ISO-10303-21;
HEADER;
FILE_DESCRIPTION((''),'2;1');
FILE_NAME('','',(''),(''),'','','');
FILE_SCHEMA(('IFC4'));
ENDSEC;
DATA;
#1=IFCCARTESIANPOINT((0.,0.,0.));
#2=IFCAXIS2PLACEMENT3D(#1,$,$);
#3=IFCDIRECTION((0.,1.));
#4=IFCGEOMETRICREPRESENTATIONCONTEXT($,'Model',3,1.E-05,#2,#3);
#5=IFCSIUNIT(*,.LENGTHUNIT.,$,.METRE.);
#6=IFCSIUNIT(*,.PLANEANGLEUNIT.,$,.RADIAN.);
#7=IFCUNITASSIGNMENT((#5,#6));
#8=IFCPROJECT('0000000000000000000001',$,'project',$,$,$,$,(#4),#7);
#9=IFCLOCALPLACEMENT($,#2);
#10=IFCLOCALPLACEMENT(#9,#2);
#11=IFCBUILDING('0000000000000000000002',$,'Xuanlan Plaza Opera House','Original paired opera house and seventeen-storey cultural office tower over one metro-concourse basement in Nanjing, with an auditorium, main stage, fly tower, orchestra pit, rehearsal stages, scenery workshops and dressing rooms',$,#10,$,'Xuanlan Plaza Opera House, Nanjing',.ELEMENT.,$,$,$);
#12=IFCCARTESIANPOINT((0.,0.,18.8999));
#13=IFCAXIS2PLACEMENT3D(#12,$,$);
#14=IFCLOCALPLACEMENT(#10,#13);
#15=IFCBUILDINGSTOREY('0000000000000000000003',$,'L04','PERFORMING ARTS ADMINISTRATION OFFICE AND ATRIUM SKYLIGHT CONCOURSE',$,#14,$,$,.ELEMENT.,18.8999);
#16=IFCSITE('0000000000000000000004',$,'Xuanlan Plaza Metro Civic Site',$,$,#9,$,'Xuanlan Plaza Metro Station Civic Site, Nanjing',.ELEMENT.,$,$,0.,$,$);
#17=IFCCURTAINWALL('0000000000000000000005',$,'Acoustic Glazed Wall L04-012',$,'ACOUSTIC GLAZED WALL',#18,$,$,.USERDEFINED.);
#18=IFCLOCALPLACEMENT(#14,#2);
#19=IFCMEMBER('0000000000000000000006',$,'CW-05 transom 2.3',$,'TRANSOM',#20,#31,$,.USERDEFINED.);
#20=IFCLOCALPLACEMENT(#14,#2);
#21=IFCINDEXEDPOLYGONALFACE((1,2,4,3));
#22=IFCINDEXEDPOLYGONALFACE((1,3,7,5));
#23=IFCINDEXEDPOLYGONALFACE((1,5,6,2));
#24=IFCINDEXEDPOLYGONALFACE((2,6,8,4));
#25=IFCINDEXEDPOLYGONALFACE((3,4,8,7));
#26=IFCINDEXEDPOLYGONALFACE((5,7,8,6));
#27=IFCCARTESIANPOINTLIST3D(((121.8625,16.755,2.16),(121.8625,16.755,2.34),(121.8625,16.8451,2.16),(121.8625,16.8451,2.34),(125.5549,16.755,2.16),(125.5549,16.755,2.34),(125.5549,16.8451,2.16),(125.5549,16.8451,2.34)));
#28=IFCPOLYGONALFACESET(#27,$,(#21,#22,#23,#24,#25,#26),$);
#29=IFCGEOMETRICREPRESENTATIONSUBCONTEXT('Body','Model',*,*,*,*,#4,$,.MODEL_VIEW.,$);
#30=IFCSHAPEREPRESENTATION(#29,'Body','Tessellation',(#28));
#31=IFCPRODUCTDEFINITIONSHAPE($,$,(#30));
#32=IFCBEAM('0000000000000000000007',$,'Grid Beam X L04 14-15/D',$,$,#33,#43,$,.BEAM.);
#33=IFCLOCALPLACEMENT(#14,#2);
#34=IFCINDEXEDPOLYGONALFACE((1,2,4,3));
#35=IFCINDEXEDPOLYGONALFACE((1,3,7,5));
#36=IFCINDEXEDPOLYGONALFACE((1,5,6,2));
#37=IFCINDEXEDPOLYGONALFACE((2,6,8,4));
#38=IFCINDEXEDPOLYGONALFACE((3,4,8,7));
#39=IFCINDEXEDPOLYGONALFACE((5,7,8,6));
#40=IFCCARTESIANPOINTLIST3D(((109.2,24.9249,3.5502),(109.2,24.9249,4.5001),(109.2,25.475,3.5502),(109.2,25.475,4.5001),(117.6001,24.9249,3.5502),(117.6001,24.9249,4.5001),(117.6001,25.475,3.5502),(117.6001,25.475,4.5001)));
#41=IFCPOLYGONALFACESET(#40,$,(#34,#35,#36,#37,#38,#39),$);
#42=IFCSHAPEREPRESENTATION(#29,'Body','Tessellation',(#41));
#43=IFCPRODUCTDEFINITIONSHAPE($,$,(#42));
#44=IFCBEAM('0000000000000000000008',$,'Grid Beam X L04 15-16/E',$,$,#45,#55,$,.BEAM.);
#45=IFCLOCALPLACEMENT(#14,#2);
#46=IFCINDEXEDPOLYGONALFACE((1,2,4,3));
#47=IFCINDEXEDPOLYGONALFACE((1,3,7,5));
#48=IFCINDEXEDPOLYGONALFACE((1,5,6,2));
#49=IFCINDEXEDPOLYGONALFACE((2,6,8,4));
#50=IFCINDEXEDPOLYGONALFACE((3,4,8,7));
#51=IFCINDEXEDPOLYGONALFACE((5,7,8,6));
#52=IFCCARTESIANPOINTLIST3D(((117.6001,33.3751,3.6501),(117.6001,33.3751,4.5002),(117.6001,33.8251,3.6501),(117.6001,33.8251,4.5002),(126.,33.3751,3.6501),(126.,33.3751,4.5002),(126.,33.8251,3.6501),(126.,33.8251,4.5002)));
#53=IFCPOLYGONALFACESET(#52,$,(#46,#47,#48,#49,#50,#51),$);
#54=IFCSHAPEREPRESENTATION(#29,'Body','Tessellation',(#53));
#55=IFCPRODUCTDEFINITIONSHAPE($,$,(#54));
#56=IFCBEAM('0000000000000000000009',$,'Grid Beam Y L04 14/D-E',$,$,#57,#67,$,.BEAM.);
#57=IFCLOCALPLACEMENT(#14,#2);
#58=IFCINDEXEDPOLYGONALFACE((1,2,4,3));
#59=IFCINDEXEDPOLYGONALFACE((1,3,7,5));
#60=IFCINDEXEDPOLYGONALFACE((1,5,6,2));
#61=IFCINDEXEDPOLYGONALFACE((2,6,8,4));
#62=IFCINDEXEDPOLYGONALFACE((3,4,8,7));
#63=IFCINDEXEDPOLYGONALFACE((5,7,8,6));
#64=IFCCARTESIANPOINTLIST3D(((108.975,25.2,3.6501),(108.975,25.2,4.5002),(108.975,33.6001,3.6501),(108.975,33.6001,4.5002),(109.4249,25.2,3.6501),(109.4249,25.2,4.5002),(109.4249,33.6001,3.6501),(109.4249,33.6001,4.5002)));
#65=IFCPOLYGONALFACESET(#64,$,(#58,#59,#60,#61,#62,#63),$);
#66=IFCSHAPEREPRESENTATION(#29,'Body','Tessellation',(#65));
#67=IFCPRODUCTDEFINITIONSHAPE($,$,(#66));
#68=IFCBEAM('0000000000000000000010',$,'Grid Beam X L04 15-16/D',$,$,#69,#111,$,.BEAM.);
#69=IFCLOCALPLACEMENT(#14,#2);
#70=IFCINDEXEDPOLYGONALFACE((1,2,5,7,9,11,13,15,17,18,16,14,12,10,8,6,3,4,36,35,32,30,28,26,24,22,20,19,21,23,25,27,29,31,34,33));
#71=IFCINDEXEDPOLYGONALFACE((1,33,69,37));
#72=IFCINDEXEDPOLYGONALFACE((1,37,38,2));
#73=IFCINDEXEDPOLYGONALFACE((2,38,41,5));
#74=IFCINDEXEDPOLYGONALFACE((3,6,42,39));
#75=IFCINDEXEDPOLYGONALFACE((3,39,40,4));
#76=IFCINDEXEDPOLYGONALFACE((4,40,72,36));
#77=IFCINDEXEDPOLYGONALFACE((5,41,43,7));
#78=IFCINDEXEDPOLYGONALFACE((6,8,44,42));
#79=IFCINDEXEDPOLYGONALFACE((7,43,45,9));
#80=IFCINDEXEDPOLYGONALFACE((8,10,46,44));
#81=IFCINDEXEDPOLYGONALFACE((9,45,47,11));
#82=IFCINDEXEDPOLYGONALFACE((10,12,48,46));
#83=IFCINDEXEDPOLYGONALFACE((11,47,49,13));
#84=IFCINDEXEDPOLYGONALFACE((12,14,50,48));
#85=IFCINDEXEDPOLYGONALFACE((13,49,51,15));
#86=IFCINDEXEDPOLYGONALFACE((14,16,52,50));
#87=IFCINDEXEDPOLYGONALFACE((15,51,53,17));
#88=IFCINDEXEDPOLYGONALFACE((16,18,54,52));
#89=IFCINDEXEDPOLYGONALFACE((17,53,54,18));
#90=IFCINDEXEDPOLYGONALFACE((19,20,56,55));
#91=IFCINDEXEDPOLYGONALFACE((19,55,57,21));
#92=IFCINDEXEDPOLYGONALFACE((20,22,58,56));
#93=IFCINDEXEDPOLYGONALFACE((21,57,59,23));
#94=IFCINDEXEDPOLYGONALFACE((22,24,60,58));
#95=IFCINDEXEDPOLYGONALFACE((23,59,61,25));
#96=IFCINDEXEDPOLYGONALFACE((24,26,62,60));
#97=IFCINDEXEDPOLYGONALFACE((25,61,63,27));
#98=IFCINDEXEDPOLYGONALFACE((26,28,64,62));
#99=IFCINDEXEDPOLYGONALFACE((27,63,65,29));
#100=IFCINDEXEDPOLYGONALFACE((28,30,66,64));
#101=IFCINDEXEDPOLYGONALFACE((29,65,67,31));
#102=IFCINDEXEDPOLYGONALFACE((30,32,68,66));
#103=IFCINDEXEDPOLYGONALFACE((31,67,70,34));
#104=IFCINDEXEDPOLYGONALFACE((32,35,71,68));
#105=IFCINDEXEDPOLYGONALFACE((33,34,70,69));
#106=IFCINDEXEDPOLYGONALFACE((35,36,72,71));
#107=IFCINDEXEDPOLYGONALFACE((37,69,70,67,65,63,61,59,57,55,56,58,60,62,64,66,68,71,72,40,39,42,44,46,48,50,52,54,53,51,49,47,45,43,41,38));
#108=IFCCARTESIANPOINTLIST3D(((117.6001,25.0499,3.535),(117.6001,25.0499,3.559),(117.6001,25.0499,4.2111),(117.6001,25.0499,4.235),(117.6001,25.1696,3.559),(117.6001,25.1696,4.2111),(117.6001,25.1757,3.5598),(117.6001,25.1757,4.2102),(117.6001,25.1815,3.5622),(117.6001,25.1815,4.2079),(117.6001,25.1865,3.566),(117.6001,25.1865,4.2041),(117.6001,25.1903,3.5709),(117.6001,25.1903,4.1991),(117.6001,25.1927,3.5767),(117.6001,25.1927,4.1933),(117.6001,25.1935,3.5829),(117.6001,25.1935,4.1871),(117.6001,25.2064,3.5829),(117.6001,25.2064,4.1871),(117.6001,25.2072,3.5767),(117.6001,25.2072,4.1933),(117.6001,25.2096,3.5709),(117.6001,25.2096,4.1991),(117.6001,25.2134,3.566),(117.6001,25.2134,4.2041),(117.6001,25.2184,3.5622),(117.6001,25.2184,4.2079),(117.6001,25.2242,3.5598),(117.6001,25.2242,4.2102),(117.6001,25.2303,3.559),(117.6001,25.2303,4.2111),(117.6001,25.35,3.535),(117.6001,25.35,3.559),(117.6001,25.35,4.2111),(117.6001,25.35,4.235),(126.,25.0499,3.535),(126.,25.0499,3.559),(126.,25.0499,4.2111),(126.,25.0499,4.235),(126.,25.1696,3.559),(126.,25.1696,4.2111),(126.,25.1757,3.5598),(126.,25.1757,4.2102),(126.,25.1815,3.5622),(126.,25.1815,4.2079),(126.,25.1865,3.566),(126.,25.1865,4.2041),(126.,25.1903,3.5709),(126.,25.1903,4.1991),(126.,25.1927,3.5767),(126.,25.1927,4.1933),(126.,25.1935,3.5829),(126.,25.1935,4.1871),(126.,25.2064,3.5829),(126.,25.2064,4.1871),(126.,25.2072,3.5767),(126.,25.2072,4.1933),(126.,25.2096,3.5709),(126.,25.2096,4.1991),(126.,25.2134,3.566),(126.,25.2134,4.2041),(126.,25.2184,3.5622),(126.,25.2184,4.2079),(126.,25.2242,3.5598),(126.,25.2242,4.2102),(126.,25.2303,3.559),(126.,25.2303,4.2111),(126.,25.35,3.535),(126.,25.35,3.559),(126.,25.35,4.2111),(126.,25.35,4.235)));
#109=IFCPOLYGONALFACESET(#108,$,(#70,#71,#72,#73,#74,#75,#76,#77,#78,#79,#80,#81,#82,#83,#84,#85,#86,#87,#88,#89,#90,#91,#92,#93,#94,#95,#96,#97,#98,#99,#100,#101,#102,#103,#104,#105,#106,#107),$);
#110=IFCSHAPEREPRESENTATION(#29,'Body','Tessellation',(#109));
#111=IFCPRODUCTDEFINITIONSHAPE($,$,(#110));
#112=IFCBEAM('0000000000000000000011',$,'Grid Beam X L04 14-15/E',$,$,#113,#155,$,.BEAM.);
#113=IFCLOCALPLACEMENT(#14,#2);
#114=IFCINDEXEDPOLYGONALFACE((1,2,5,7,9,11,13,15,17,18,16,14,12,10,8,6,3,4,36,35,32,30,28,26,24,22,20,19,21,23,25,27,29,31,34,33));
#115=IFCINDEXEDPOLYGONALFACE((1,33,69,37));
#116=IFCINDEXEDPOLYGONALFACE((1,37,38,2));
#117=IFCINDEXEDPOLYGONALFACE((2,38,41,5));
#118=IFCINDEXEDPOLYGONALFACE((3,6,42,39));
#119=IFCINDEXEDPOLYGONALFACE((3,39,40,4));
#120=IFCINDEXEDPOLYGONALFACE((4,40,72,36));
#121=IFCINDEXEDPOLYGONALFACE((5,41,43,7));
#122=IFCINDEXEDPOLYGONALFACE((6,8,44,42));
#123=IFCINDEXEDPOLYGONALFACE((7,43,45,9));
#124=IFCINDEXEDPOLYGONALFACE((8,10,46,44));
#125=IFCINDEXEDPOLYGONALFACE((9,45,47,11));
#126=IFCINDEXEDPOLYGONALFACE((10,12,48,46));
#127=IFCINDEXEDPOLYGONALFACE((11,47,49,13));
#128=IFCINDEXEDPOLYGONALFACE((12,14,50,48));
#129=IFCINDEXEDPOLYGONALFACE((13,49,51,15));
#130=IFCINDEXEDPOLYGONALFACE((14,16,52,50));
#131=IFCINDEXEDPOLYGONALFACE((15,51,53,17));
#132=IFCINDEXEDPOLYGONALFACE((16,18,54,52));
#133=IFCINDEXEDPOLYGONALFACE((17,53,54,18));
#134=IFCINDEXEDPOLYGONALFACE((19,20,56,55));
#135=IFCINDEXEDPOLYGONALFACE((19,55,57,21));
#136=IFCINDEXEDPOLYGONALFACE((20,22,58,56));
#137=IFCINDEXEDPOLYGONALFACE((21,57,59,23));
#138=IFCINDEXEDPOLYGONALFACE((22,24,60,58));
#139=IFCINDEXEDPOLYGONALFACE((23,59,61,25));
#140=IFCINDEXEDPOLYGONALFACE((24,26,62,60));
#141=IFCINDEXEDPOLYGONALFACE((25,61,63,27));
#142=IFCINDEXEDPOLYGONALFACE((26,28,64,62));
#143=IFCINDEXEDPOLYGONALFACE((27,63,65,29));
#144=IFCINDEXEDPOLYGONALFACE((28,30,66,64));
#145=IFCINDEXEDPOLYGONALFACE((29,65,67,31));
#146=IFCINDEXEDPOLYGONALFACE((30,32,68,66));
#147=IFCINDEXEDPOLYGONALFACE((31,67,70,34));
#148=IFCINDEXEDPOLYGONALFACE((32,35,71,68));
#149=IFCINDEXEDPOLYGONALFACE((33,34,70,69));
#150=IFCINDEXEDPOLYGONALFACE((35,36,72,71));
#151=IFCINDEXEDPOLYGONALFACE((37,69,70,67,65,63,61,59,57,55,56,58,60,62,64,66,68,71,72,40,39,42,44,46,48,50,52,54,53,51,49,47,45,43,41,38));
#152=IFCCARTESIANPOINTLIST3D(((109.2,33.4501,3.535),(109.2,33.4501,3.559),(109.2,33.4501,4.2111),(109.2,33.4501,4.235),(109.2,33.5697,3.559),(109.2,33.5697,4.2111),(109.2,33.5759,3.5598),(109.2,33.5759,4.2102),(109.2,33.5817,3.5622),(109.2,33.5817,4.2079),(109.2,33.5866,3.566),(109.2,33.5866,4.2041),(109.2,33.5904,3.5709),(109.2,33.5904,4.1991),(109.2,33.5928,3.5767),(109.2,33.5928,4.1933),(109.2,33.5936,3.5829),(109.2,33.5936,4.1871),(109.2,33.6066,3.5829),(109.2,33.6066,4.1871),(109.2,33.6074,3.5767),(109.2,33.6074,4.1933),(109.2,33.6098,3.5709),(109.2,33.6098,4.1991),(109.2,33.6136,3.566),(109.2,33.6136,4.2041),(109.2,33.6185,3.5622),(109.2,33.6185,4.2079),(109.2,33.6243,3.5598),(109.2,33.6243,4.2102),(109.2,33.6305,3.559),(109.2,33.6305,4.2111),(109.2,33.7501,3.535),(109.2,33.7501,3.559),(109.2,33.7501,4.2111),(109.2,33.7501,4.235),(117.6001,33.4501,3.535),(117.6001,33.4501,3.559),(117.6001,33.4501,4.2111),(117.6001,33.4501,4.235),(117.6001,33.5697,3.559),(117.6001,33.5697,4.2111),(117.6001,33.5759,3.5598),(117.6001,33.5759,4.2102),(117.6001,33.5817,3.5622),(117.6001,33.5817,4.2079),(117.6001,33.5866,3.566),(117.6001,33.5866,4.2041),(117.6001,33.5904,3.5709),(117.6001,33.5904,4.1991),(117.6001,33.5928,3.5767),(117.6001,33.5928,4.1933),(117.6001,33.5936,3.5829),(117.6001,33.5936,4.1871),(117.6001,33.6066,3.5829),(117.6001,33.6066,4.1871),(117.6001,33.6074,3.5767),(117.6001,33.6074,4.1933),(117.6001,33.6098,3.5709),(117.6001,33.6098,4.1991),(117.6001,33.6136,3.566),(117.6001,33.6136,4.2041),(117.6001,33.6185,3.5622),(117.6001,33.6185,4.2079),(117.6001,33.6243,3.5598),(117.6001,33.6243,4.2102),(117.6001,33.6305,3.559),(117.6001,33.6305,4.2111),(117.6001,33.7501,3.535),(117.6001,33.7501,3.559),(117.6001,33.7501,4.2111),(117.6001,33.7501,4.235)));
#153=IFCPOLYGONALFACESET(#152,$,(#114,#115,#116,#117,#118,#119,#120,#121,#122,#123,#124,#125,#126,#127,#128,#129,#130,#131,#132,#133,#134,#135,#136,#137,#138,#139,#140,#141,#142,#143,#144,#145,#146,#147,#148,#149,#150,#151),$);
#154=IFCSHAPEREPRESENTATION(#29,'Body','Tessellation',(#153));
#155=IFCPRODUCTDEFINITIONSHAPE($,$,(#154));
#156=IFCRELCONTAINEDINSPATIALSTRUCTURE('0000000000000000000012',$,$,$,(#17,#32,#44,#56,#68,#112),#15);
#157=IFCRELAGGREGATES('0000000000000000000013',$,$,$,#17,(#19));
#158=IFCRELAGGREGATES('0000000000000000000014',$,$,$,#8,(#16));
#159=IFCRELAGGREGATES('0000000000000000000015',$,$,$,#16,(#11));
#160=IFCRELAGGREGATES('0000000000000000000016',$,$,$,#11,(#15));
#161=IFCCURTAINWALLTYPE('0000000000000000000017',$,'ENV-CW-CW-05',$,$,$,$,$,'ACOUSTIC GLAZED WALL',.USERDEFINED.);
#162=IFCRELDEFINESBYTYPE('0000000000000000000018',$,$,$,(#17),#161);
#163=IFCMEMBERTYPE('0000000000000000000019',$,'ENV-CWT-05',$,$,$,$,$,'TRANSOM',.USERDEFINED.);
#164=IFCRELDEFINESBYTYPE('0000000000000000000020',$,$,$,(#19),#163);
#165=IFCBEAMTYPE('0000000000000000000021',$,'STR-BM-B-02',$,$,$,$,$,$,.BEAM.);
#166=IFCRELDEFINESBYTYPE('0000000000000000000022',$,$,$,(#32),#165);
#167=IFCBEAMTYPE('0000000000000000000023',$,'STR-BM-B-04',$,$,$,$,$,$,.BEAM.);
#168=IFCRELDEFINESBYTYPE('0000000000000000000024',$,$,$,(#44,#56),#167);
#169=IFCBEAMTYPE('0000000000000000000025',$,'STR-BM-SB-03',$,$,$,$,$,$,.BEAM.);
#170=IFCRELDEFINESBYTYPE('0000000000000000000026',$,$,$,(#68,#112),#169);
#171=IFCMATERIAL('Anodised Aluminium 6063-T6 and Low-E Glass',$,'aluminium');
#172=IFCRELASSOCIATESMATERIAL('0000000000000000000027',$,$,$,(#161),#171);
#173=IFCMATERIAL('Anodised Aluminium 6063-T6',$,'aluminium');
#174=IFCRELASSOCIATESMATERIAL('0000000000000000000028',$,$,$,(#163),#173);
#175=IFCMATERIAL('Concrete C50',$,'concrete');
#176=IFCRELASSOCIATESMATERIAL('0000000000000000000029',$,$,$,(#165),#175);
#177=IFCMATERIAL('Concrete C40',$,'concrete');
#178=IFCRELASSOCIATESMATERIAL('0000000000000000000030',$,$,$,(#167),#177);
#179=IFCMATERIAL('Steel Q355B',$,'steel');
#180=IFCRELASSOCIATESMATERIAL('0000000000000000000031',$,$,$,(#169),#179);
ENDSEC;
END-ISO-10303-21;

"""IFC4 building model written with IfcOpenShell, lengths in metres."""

from ifc_helpers import new_model, si_unit, direction, frame, origin, origin_2d, place, context, subcontext, project, spatial, rectangle, i_section, extrude, material, material_profile, profile_set, type_object, element, aggregate, save


model = new_model("IFC4")

# Units and contexts
model_context = context("Model", 3, precision=1e-05, world=origin(), true_north=direction((0.0, 1.0)))
body_context = subcontext(model_context, "Body", "Model", "MODEL_VIEW")
ifc_project = project(units=[si_unit("LENGTHUNIT", "METRE"), si_unit("PLANEANGLEUNIT", "RADIAN")], contexts=[model_context])

# Site, building, storey
site_placement = place(None, origin())
site = spatial("IfcSite", under=ifc_project, at=site_placement, Name="Xuanlan Plaza Metro Civic Site", LongName="Xuanlan Plaza Metro Station Civic Site, Nanjing", CompositionType="ELEMENT", RefElevation=0.0)
building_placement = place(site_placement, origin())
building = spatial("IfcBuilding", under=site, at=building_placement, Name="Xuanlan Plaza Opera House", Description="Original paired opera house and seventeen-storey cultural office tower over one metro-concourse basement in Nanjing, with an auditorium, main stage, fly tower, orchestra pit, rehearsal stages, scenery workshops and dressing rooms", LongName="Xuanlan Plaza Opera House, Nanjing", CompositionType="ELEMENT")
storey_placement = place(building_placement, frame((0.0, 0.0, 18.8999)))
storey = spatial("IfcBuildingStorey", under=building, at=storey_placement, Name="L04", Description="PERFORMING ARTS ADMINISTRATION OFFICE AND ATRIUM SKYLIGHT CONCOURSE", CompositionType="ELEMENT", Elevation=18.8999)

# Shared definitions
ifc_material_1 = material(Name="Concrete C40", Category="concrete")
ifc_material_2 = material(Name="Steel Q355B", Category="steel")

# Curtain wall, member
ifc_material_3 = material(Name="Anodised Aluminium 6063-T6 and Low-E Glass", Category="aluminium")
curtain_wall_type = type_object("IfcCurtainWallType", Name="ENV-CW-CW-05", ElementType="ACOUSTIC GLAZED WALL", PredefinedType="USERDEFINED", material=ifc_material_3)
curtain_wall_placement = place(storey_placement, origin())
curtain_wall = element("IfcCurtainWall", 1, at=curtain_wall_placement, inside=storey, type_object=curtain_wall_type, Name="Acoustic Glazed Wall L04-012", ObjectType="ACOUSTIC GLAZED WALL", PredefinedType="USERDEFINED")
ifc_material_4 = material(Name="Anodised Aluminium 6063-T6", Category="aluminium")
ifc_material_profile_1 = material_profile(ifc_material_4, rectangle(XDim=0.0901, YDim=0.1799, at=origin_2d()), Name="ALU-T 90x180")
ifc_profile_set_1 = profile_set([ifc_material_profile_1], Name="Anodised Aluminium 6063-T6")
member_type_1 = type_object("IfcMemberType", Name="ENV-CWT-05", ElementType="TRANSOM", PredefinedType="USERDEFINED", material=ifc_profile_set_1)
member_1_placement = place(storey_placement, frame((121.8625, 16.8, 2.25), z_axis=(1.0, 0.0, 0.0), x_axis=(0.0, 1.0, 0.0)))
member_1 = element("IfcMember", 2, at=member_1_placement, type_object=member_type_1, Name="CW-05 transom 2.3", ObjectType="TRANSOM", PredefinedType="USERDEFINED", context=body_context, shape_type="SweptSolid", body=[
    extrude(rectangle(XDim=0.0901, YDim=0.1799, at=origin_2d()), origin(), (0.0, 0.0, 1.0), 3.6924),
])

# Beams
ifc_material_5 = material(Name="Concrete C50", Category="concrete")
ifc_material_profile_2 = material_profile(ifc_material_5, rectangle(XDim=0.55, YDim=0.95, at=origin_2d()), Name="RC-BM 550x950")
ifc_profile_set_2 = profile_set([ifc_material_profile_2], Name="Concrete C50")
beam_type_1 = type_object("IfcBeamType", Name="STR-BM-B-02", PredefinedType="BEAM", material=ifc_profile_set_2)
beam_1_placement = place(storey_placement, frame((109.2, 25.2, 4.0251), z_axis=(1.0, 0.0, 0.0), x_axis=(0.0, 1.0, 0.0)))
element("IfcBeam", 3, at=beam_1_placement, inside=storey, type_object=beam_type_1, Name="Grid Beam X L04 14-15/D", PredefinedType="BEAM", context=body_context, shape_type="SweptSolid", body=[
    extrude(rectangle(XDim=0.55, YDim=0.95, at=origin_2d()), origin(), (0.0, 0.0, 1.0), 8.4001),
])
ifc_material_profile_3 = material_profile(ifc_material_1, rectangle(XDim=0.45, YDim=0.8501, at=origin_2d()), Name="RC-BM 450x850")
ifc_profile_set_3 = profile_set([ifc_material_profile_3], Name="Concrete C40")
beam_type_2 = type_object("IfcBeamType", Name="STR-BM-B-04", PredefinedType="BEAM", material=ifc_profile_set_3)
beam_2_placement = place(storey_placement, frame((117.6001, 33.6001, 4.0752), z_axis=(1.0, 0.0, 0.0), x_axis=(0.0, 1.0, 0.0)))
element("IfcBeam", 4, at=beam_2_placement, inside=storey, type_object=beam_type_2, Name="Grid Beam X L04 15-16/E", PredefinedType="BEAM", context=body_context, shape_type="SweptSolid", body=[
    extrude(rectangle(XDim=0.45, YDim=0.8501, at=origin_2d()), origin(), (0.0, 0.0, 1.0), 8.3999),
])
beam_3_placement = place(storey_placement, frame((109.2, 25.2, 4.0752), z_axis=(0.0, 1.0, 0.0), x_axis=(-1.0, 0.0, 0.0)))
element("IfcBeam", 5, at=beam_3_placement, inside=storey, type_object=beam_type_2, Name="Grid Beam Y L04 14/D-E", PredefinedType="BEAM", context=body_context, shape_type="SweptSolid", body=[
    extrude(rectangle(XDim=0.45, YDim=0.8501, at=origin_2d()), origin(), (0.0, 0.0, 1.0), 8.4001),
])
ifc_material_profile_4 = material_profile(ifc_material_2, i_section(OverallWidth=0.3, OverallDepth=0.7, WebThickness=0.0129, FlangeThickness=0.0239, FilletRadius=0.0239, at=origin_2d()), Name="HN 700x300x13x24")
ifc_profile_set_4 = profile_set([ifc_material_profile_4], Name="Steel Q355B")
beam_type_3 = type_object("IfcBeamType", Name="STR-BM-SB-03", PredefinedType="BEAM", material=ifc_profile_set_4)
beam_4_placement = place(storey_placement, frame((117.6001, 25.2, 3.885), z_axis=(1.0, 0.0, 0.0), x_axis=(0.0, 1.0, 0.0)))
element("IfcBeam", 6, at=beam_4_placement, inside=storey, type_object=beam_type_3, Name="Grid Beam X L04 15-16/D", PredefinedType="BEAM", context=body_context, shape_type="SweptSolid", body=[
    extrude(i_section(OverallWidth=0.3, OverallDepth=0.7, WebThickness=0.0129, FlangeThickness=0.0239, FilletRadius=0.0239, at=origin_2d()), origin(), (0.0, 0.0, 1.0), 8.3999),
])
beam_5_placement = place(storey_placement, frame((109.2, 33.6001, 3.885), z_axis=(1.0, 0.0, 0.0), x_axis=(0.0, 1.0, 0.0)))
element("IfcBeam", 7, at=beam_5_placement, inside=storey, type_object=beam_type_3, Name="Grid Beam X L04 14-15/E", PredefinedType="BEAM", context=body_context, shape_type="SweptSolid", body=[
    extrude(i_section(OverallWidth=0.3, OverallDepth=0.7, WebThickness=0.0129, FlangeThickness=0.0239, FilletRadius=0.0239, at=origin_2d()), origin(), (0.0, 0.0, 1.0), 8.4001),
])

aggregate(curtain_wall, [member_1])

save(model, "model.ifc")
